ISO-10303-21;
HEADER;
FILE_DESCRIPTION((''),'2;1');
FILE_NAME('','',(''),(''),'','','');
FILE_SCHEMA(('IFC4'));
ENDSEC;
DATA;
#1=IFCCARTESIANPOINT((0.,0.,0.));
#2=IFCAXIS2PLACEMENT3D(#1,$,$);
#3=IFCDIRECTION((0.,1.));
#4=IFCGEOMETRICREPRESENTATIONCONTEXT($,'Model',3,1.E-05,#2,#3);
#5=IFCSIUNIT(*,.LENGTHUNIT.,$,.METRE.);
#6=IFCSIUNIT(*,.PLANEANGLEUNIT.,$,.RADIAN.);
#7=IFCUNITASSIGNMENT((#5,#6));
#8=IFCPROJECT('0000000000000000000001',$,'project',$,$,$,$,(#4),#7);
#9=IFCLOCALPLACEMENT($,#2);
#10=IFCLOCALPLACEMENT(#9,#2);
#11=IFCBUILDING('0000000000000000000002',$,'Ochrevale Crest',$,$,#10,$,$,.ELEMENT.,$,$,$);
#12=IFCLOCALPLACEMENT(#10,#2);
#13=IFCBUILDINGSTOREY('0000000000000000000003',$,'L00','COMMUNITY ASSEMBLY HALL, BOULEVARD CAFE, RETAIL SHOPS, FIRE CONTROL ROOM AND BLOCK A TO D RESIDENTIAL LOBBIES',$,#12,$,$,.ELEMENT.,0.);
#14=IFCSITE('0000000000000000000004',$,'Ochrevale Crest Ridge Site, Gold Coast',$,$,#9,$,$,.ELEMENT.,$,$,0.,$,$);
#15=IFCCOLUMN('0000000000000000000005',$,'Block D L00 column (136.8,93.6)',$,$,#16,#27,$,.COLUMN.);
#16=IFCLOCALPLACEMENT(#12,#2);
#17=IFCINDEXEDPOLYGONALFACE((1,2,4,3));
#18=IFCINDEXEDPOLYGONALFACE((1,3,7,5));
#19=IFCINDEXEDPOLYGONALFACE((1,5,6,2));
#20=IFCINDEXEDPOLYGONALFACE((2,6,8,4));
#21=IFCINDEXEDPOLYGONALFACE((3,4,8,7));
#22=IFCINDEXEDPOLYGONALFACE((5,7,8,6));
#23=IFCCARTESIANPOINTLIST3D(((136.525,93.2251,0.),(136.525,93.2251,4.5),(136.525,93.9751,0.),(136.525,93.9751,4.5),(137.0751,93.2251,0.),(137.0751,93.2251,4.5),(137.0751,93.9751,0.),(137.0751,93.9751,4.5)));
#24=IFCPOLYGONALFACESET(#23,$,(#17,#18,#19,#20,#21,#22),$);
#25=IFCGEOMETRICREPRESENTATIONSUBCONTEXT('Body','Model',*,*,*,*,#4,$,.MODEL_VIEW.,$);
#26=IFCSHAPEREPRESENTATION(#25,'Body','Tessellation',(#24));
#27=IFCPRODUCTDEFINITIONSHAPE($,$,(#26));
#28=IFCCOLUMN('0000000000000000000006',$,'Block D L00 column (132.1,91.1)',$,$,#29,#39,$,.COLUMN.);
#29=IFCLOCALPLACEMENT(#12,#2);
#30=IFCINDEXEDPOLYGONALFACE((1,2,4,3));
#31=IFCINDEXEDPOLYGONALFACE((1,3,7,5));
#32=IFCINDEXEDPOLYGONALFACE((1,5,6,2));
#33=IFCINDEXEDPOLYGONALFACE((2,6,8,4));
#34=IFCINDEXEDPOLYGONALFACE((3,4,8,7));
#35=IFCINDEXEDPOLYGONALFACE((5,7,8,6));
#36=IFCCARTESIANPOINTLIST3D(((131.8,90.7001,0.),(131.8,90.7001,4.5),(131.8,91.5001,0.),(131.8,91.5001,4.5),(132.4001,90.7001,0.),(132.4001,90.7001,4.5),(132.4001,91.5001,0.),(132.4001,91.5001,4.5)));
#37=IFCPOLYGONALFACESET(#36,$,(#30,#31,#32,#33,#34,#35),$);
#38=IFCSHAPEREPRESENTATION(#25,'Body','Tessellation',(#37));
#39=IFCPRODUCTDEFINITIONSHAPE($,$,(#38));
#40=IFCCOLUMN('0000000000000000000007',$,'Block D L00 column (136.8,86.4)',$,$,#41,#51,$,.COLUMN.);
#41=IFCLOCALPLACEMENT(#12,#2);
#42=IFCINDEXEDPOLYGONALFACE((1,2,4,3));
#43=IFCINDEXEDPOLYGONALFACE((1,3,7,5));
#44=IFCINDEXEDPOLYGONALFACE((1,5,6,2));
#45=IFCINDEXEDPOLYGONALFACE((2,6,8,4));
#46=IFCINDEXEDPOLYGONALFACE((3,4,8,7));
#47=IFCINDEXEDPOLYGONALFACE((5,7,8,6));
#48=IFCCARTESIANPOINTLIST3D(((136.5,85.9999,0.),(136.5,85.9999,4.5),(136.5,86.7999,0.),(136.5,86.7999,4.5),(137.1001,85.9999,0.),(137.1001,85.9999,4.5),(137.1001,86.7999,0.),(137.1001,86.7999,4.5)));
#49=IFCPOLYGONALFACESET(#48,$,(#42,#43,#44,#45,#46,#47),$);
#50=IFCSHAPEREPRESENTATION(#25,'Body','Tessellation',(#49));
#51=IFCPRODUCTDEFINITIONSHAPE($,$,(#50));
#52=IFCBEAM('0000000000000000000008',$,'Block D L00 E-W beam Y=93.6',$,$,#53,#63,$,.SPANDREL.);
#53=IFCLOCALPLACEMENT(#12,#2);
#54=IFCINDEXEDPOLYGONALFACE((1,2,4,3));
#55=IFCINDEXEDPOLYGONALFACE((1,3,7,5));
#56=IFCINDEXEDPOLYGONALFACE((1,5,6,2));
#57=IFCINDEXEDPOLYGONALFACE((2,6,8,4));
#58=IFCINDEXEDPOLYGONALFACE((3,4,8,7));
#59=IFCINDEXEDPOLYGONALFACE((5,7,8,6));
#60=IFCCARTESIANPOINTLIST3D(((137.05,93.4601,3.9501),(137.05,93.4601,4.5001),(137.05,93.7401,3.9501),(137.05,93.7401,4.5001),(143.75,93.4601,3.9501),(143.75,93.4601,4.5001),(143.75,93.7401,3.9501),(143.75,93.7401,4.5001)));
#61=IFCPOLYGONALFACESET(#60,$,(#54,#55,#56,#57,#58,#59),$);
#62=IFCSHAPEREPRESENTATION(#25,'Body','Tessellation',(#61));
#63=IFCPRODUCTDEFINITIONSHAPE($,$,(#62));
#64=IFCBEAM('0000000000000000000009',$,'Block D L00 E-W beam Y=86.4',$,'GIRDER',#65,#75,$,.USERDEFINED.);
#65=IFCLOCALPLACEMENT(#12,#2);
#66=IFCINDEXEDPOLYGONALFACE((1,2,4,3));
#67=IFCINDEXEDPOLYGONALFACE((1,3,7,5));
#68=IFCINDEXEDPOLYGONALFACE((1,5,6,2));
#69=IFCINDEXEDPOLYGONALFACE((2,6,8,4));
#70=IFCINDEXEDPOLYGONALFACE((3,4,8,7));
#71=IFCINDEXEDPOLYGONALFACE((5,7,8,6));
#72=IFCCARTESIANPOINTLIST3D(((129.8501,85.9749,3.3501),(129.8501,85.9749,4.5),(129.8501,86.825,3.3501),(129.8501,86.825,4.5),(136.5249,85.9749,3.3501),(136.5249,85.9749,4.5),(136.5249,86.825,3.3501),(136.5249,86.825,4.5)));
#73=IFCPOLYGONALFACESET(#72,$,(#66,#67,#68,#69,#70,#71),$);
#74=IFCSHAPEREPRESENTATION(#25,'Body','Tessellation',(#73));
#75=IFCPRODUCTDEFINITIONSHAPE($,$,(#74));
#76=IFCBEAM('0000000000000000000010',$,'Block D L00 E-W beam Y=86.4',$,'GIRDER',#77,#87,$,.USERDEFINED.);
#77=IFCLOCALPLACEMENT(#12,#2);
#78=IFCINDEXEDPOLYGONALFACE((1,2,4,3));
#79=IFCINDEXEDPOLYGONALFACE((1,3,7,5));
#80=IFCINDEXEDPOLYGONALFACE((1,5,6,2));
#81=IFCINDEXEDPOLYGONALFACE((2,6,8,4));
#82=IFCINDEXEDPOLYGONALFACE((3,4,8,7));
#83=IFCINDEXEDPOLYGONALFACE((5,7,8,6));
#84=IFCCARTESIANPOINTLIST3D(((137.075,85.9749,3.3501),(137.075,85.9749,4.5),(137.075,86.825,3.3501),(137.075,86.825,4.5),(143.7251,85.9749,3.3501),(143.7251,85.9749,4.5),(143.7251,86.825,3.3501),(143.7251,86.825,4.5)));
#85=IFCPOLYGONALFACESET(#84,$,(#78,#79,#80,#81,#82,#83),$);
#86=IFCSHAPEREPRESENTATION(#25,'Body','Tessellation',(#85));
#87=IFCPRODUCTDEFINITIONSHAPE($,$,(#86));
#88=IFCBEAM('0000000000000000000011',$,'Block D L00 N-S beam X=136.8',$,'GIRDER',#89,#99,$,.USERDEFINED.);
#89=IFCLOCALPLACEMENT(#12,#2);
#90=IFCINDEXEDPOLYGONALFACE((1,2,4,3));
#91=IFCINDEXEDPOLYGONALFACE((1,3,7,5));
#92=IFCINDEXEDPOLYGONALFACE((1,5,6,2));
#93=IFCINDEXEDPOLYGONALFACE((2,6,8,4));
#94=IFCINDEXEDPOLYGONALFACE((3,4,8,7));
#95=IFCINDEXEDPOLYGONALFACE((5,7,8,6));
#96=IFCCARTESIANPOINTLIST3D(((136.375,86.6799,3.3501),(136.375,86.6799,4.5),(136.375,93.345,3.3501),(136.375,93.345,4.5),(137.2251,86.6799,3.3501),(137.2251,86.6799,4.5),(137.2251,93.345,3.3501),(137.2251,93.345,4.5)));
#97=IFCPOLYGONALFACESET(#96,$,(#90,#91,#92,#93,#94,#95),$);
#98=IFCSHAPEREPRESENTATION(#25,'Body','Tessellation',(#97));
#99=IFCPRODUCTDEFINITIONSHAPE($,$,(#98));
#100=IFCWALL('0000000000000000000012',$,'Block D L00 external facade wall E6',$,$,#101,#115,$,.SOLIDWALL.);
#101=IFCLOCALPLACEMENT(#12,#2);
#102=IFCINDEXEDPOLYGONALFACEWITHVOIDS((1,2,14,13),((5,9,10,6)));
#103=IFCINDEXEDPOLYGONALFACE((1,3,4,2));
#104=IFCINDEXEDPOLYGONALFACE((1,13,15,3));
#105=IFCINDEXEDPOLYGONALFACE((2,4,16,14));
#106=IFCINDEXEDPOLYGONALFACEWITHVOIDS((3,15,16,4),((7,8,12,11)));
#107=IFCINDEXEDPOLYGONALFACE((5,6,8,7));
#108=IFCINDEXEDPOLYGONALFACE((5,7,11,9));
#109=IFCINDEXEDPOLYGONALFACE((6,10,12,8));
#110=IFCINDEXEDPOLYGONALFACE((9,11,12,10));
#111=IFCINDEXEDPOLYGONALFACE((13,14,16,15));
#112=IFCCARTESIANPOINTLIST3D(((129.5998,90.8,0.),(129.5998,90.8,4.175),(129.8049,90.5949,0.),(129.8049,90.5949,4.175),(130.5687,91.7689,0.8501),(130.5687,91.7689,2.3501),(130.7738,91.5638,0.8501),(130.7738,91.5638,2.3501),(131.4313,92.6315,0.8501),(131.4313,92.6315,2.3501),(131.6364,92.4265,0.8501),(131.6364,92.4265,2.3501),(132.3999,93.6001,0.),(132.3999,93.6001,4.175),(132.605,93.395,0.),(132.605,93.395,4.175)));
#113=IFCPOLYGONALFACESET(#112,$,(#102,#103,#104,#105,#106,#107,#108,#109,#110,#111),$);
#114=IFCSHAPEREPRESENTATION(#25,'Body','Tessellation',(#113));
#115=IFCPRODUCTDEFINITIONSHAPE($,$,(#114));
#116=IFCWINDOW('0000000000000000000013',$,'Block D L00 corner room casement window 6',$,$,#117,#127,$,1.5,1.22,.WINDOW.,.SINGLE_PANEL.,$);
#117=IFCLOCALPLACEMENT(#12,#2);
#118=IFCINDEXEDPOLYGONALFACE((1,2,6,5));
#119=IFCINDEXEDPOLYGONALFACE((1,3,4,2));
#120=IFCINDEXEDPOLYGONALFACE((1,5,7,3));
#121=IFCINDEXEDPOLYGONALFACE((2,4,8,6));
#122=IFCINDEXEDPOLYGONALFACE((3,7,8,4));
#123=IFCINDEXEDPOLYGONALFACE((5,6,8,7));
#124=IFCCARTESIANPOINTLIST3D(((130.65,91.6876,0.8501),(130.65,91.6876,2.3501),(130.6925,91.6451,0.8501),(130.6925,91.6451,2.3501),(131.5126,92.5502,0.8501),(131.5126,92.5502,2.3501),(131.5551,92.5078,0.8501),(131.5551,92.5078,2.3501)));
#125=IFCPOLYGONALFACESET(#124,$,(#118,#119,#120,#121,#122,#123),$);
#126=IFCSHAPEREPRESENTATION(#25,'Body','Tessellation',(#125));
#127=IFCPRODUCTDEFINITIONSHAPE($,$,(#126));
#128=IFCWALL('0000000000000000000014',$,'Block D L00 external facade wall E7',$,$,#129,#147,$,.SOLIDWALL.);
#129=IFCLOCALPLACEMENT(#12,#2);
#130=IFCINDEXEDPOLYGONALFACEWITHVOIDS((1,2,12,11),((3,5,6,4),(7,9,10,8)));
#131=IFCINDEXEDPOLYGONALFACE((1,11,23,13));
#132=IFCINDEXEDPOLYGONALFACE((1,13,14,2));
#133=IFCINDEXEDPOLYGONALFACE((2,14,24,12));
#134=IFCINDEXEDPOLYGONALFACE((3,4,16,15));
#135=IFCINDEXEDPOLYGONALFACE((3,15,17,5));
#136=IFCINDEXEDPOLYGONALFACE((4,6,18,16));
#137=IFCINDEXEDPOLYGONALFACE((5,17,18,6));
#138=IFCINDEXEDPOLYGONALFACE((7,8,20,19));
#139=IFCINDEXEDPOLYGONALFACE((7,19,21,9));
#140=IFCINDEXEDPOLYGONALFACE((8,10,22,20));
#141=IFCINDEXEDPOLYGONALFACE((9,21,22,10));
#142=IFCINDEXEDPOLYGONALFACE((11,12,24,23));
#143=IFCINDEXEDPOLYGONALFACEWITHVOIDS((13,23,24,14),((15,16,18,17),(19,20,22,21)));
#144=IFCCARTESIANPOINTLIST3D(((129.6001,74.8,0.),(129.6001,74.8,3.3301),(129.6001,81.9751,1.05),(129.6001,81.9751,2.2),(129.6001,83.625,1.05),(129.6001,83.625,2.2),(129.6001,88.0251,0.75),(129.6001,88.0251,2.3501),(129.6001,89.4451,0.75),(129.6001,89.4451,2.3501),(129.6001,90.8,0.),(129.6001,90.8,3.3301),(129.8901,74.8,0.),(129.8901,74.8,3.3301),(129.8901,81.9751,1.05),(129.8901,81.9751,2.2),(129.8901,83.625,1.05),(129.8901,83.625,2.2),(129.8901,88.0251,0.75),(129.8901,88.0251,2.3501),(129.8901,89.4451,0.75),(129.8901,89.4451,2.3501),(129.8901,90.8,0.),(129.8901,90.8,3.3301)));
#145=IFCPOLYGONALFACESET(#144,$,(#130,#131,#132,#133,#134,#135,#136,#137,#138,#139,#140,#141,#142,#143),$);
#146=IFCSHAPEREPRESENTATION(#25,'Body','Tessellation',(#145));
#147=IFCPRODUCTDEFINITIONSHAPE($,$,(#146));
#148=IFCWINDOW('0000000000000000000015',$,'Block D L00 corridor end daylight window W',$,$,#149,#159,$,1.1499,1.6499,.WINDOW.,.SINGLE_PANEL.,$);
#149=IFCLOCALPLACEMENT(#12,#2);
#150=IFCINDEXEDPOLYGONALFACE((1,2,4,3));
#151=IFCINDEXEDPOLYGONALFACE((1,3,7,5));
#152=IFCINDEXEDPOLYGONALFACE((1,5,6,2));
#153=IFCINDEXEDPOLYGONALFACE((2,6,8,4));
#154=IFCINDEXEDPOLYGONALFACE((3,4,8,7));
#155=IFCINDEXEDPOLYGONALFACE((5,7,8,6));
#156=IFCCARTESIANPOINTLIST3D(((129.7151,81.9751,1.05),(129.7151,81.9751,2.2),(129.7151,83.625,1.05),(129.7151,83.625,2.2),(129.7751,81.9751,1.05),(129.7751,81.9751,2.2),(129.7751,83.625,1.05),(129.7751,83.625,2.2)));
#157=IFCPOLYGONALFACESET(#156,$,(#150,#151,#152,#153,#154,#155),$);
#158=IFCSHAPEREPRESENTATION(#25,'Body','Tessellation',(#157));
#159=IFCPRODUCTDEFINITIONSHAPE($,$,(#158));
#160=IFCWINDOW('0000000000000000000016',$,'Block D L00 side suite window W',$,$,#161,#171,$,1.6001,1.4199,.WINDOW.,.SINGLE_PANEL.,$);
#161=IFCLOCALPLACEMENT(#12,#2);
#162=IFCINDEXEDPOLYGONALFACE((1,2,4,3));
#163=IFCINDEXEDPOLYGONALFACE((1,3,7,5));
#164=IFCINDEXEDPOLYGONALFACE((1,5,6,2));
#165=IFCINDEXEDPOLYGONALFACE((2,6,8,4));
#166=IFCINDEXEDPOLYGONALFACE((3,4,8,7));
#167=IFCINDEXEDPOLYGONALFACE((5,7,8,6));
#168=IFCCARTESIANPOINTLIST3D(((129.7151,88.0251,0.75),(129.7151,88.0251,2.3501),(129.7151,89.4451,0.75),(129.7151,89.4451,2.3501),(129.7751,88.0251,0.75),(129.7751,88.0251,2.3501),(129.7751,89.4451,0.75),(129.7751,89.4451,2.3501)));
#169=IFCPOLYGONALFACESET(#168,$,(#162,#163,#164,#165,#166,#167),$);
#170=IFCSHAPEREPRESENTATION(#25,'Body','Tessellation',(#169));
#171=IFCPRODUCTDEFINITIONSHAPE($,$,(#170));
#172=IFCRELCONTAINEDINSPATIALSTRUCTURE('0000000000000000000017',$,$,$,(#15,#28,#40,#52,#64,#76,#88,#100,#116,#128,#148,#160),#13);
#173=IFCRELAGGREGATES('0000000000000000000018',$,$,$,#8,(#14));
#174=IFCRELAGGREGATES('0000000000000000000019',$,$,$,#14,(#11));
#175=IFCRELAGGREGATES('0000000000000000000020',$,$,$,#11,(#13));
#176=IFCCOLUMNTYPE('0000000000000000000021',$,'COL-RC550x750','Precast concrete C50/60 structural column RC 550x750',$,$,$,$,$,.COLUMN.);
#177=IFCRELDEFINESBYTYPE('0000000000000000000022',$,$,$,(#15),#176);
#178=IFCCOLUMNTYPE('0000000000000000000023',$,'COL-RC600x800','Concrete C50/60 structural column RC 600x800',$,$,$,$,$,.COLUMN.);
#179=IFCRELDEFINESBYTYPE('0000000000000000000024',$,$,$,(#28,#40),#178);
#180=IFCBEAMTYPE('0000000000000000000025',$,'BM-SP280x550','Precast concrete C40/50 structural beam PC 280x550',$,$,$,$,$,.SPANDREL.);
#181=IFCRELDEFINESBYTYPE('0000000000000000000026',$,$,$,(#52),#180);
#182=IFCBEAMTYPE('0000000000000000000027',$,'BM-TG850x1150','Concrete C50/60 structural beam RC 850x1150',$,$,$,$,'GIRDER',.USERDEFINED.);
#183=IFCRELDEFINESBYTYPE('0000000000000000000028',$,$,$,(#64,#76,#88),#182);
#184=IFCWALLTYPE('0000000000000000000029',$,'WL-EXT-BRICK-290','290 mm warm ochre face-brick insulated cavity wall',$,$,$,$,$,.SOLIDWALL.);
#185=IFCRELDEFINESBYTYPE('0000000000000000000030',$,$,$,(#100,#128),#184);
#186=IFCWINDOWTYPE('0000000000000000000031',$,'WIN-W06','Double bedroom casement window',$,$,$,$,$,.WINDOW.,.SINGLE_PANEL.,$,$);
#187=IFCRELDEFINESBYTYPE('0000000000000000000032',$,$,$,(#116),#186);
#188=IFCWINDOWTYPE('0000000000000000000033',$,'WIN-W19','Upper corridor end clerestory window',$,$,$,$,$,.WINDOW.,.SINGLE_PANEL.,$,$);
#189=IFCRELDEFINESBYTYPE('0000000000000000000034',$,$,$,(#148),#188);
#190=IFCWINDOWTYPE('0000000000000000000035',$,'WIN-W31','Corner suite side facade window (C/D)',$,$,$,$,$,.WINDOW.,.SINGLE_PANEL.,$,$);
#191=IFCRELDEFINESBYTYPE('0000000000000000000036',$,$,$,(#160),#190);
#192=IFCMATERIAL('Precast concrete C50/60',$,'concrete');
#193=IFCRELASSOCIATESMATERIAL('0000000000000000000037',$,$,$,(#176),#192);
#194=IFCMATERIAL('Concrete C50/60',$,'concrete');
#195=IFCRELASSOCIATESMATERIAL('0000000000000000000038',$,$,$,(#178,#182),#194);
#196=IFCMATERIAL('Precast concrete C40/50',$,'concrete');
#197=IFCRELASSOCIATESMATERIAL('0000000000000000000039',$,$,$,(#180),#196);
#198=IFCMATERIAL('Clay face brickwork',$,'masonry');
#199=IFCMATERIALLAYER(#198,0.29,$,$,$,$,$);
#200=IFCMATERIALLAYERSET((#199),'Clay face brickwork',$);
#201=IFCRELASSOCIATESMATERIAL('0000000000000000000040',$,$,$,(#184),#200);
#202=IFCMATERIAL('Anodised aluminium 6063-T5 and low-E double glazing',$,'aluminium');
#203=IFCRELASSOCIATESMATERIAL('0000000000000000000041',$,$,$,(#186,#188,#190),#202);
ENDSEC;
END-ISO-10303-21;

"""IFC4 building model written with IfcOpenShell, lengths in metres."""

from ifc_helpers import new_model, si_unit, direction, frame, frame_2d, origin, origin_2d, place, context, subcontext, project, spatial, rectangle, extrude, material, layer, layer_set, material_profile, profile_set, type_object, element, fill, save


model = new_model("IFC4")

# Units and contexts
model_context = context("Model", 3, precision=1e-05, world=origin(), true_north=direction((0.0, 1.0)))
body_context = subcontext(model_context, "Body", "Model", "MODEL_VIEW")
ifc_project = project(units=[si_unit("LENGTHUNIT", "METRE"), si_unit("PLANEANGLEUNIT", "RADIAN")], contexts=[model_context])

# Site, building, storey
site_placement = place(None, origin())
site = spatial("IfcSite", under=ifc_project, at=site_placement, Name="Ochrevale Crest Ridge Site, Gold Coast", CompositionType="ELEMENT", RefElevation=0.0)
building_placement = place(site_placement, origin())
building = spatial("IfcBuilding", under=site, at=building_placement, Name="Ochrevale Crest", CompositionType="ELEMENT")
storey_placement = place(building_placement, origin())
storey = spatial("IfcBuildingStorey", under=building, at=storey_placement, Name="L00", Description="COMMUNITY ASSEMBLY HALL, BOULEVARD CAFE, RETAIL SHOPS, FIRE CONTROL ROOM AND BLOCK A TO D RESIDENTIAL LOBBIES", CompositionType="ELEMENT", Elevation=0.0)

# Columns
ifc_material_1 = material(Name="Precast concrete C50/60", Category="concrete")
ifc_material_profile_1 = material_profile(ifc_material_1, rectangle(XDim=0.55, YDim=0.75, at=origin_2d()), Name="RC 550x750")
ifc_profile_set_1 = profile_set([ifc_material_profile_1], Name="Precast concrete C50/60")
column_type_1 = type_object("IfcColumnType", Name="COL-RC550x750", Description="Precast concrete C50/60 structural column RC 550x750", PredefinedType="COLUMN", material=ifc_profile_set_1)
column_placement = place(storey_placement, frame((136.8, 93.6001, 0.0), z_axis=(0.0, 0.0, 1.0), x_axis=(1.0, 0.0, 0.0)))
element("IfcColumn", 1, at=column_placement, inside=storey, type_object=column_type_1, Name="Block D L00 column (136.8,93.6)", PredefinedType="COLUMN", context=body_context, shape_type="SweptSolid", body=[
    extrude(rectangle(XDim=0.55, YDim=0.75, at=origin_2d()), origin(), (0.0, 0.0, 1.0), 4.5),
])
ifc_material_2 = material(Name="Concrete C50/60", Category="concrete")
ifc_material_profile_2 = material_profile(ifc_material_2, rectangle(XDim=0.6001, YDim=0.8, at=origin_2d()), Name="RC 600x800")
ifc_profile_set_2 = profile_set([ifc_material_profile_2], Name="Concrete C50/60")
column_type_2 = type_object("IfcColumnType", Name="COL-RC600x800", Description="Concrete C50/60 structural column RC 600x800", PredefinedType="COLUMN", material=ifc_profile_set_2)
for number, where, z_axis, x_axis, name in (
    (2, (132.1001, 91.1001, 0.0), (0.0, 0.0, 1.0), (1.0, 0.0, 0.0), "Block D L00 column (132.1,91.1)"),
    (3, (136.8, 86.3999, 0.0), (0.0, 0.0, 1.0), (1.0, 0.0, 0.0), "Block D L00 column (136.8,86.4)"),
):
    element("IfcColumn", number, at=place(storey_placement, frame(where, z_axis=z_axis, x_axis=x_axis)), inside=storey, type_object=column_type_2, Name=name, PredefinedType="COLUMN", context=body_context, shape_type="SweptSolid", body=[
        extrude(rectangle(XDim=0.6001, YDim=0.8, at=origin_2d()), origin(), (0.0, 0.0, 1.0), 4.5),
    ])

# Beams
ifc_material_3 = material(Name="Precast concrete C40/50", Category="concrete")
ifc_material_profile_3 = material_profile(ifc_material_3, rectangle(XDim=0.28, YDim=0.55, at=origin_2d()), Name="PC 280x550")
ifc_profile_set_3 = profile_set([ifc_material_profile_3], Name="Precast concrete C40/50")
beam_type_1 = type_object("IfcBeamType", Name="BM-SP280x550", Description="Precast concrete C40/50 structural beam PC 280x550", PredefinedType="SPANDREL", material=ifc_profile_set_3)
beam_1_placement = place(storey_placement, frame((137.05, 93.6001, 4.2251), z_axis=(1.0, 0.0, 0.0), x_axis=(0.0, 1.0, 0.0)))
element("IfcBeam", 4, at=beam_1_placement, inside=storey, type_object=beam_type_1, Name="Block D L00 E-W beam Y=93.6", PredefinedType="SPANDREL", context=body_context, shape_type="SweptSolid", body=[
    extrude(rectangle(XDim=0.28, YDim=0.55, at=origin_2d()), origin(), (0.0, 0.0, 1.0), 6.7),
])
ifc_material_profile_4 = material_profile(ifc_material_2, rectangle(XDim=0.8501, YDim=1.1499, at=origin_2d()), Name="RC 850x1150")
ifc_profile_set_4 = profile_set([ifc_material_profile_4], Name="Concrete C50/60")
beam_type_2 = type_object("IfcBeamType", Name="BM-TG850x1150", Description="Concrete C50/60 structural beam RC 850x1150", ElementType="GIRDER", PredefinedType="USERDEFINED", material=ifc_profile_set_4)
beam_2_placement = place(storey_placement, frame((129.8501, 86.3999, 3.925), z_axis=(1.0, 0.0, 0.0), x_axis=(0.0, 1.0, 0.0)))
element("IfcBeam", 5, at=beam_2_placement, inside=storey, type_object=beam_type_2, Name="Block D L00 E-W beam Y=86.4", ObjectType="GIRDER", PredefinedType="USERDEFINED", context=body_context, shape_type="SweptSolid", body=[
    extrude(rectangle(XDim=0.8501, YDim=1.1499, at=origin_2d()), origin(), (0.0, 0.0, 1.0), 6.6748),
])
beam_3_placement = place(storey_placement, frame((137.075, 86.3999, 3.925), z_axis=(1.0, 0.0, 0.0), x_axis=(0.0, 1.0, 0.0)))
element("IfcBeam", 6, at=beam_3_placement, inside=storey, type_object=beam_type_2, Name="Block D L00 E-W beam Y=86.4", ObjectType="GIRDER", PredefinedType="USERDEFINED", context=body_context, shape_type="SweptSolid", body=[
    extrude(rectangle(XDim=0.8501, YDim=1.1499, at=origin_2d()), origin(), (0.0, 0.0, 1.0), 6.6501),
])
beam_4_placement = place(storey_placement, frame((136.8, 86.6799, 3.925), z_axis=(0.0, 1.0, 0.0), x_axis=(-1.0, 0.0, 0.0)))
element("IfcBeam", 7, at=beam_4_placement, inside=storey, type_object=beam_type_2, Name="Block D L00 N-S beam X=136.8", ObjectType="GIRDER", PredefinedType="USERDEFINED", context=body_context, shape_type="SweptSolid", body=[
    extrude(rectangle(XDim=0.8501, YDim=1.1499, at=origin_2d()), origin(), (0.0, 0.0, 1.0), 6.665),
])

# Wall, opening, window
ifc_material_4 = material(Name="Clay face brickwork", Category="masonry")
ifc_layer_1 = layer(ifc_material_4, 0.29)
ifc_layer_set_1 = layer_set([ifc_layer_1], Name="Clay face brickwork")
wall_type_1 = type_object("IfcWallType", Name="WL-EXT-BRICK-290", Description="290 mm warm ochre face-brick insulated cavity wall", PredefinedType="SOLIDWALL", material=ifc_layer_set_1)
wall_1_placement = place(storey_placement, frame((132.5024, 93.4976, 0.0), z_axis=(0.0, 0.0, 1.0), x_axis=(-0.707107, -0.707107, 0.0)))
wall_1 = element("IfcWall", 8, at=wall_1_placement, inside=storey, type_object=wall_type_1, Name="Block D L00 external facade wall E6", PredefinedType="SOLIDWALL", context=body_context, shape_type="SweptSolid", body=[
    extrude(rectangle(XDim=3.96, YDim=0.29, at=frame_2d((1.98, 0.0))), origin(), (0.0, 0.0, 1.0), 4.175),
])
opening_1_placement = place(wall_1_placement, frame((1.3699, 0.0, 0.8501)))
opening_1 = element("IfcOpeningElement", 9, at=opening_1_placement, cuts=wall_1, PredefinedType="OPENING", context=body_context, shape_type="SweptSolid", body=[
    extrude(rectangle(XDim=1.22, YDim=1.5, at=frame_2d((0.6099, 0.75))), frame((0.0, 0.155, 0.0), z_axis=(0.0, -1.0, 0.0), x_axis=(1.0, 0.0, 0.0)), (0.0, 0.0, 1.0), 0.3101),
])
ifc_material_5 = material(Name="Anodised aluminium 6063-T5 and low-E double glazing", Category="aluminium")
window_type_1 = type_object("IfcWindowType", Name="WIN-W06", Description="Double bedroom casement window", PartitioningType="SINGLE_PANEL", PredefinedType="WINDOW", material=ifc_material_5)
window_1_placement = place(opening_1_placement, origin())
window_1 = element("IfcWindow", 10, at=window_1_placement, inside=storey, type_object=window_type_1, Name="Block D L00 corner room casement window 6", OverallHeight=1.5, OverallWidth=1.22, PartitioningType="SINGLE_PANEL", PredefinedType="WINDOW", context=body_context, shape_type="SweptSolid", body=[
    extrude(rectangle(XDim=1.22, YDim=1.5, at=frame_2d((0.6099, 0.75))), frame((0.0, 0.03, 0.0), z_axis=(0.0, -1.0, 0.0), x_axis=(1.0, 0.0, 0.0)), (0.0, 0.0, 1.0), 0.0601),
])
fill(opening_1, window_1)

# Wall, openings, windows
wall_2_placement = place(storey_placement, frame((129.7451, 90.8, 0.0), z_axis=(0.0, 0.0, 1.0), x_axis=(0.0, -1.0, 0.0)))
wall_2 = element("IfcWall", 11, at=wall_2_placement, inside=storey, type_object=wall_type_1, Name="Block D L00 external facade wall E7", PredefinedType="SOLIDWALL", context=body_context, shape_type="SweptSolid", body=[
    extrude(rectangle(XDim=16.0, YDim=0.29, at=frame_2d((8.0, 0.0))), origin(), (0.0, 0.0, 1.0), 3.3301),
])
opening_2_placement = place(wall_2_placement, frame((7.175, 0.0, 1.05)))
opening_2 = element("IfcOpeningElement", 12, at=opening_2_placement, cuts=wall_2, PredefinedType="OPENING", context=body_context, shape_type="SweptSolid", body=[
    extrude(rectangle(XDim=1.6499, YDim=1.1499, at=frame_2d((0.825, 0.575))), frame((0.0, 0.155, 0.0), z_axis=(0.0, -1.0, 0.0), x_axis=(1.0, 0.0, 0.0)), (0.0, 0.0, 1.0), 0.3101),
])
opening_3_placement = place(wall_2_placement, frame((1.355, 0.0, 0.75)))
opening_3 = element("IfcOpeningElement", 13, at=opening_3_placement, cuts=wall_2, PredefinedType="OPENING", context=body_context, shape_type="SweptSolid", body=[
    extrude(rectangle(XDim=1.4199, YDim=1.6001, at=frame_2d((0.71, 0.8))), frame((0.0, 0.155, 0.0), z_axis=(0.0, -1.0, 0.0), x_axis=(1.0, 0.0, 0.0)), (0.0, 0.0, 1.0), 0.3101),
])
window_type_2 = type_object("IfcWindowType", Name="WIN-W19", Description="Upper corridor end clerestory window", PartitioningType="SINGLE_PANEL", PredefinedType="WINDOW", material=ifc_material_5)
window_2_placement = place(opening_2_placement, origin())
window_2 = element("IfcWindow", 14, at=window_2_placement, inside=storey, type_object=window_type_2, Name="Block D L00 corridor end daylight window W", OverallHeight=1.1499, OverallWidth=1.6499, PartitioningType="SINGLE_PANEL", PredefinedType="WINDOW", context=body_context, shape_type="SweptSolid", body=[
    extrude(rectangle(XDim=1.6499, YDim=1.1499, at=frame_2d((0.825, 0.575))), frame((0.0, 0.03, 0.0), z_axis=(0.0, -1.0, 0.0), x_axis=(1.0, 0.0, 0.0)), (0.0, 0.0, 1.0), 0.0601),
])
fill(opening_2, window_2)
window_type_3 = type_object("IfcWindowType", Name="WIN-W31", Description="Corner suite side facade window (C/D)", PartitioningType="SINGLE_PANEL", PredefinedType="WINDOW", material=ifc_material_5)
window_3_placement = place(opening_3_placement, origin())
window_3 = element("IfcWindow", 15, at=window_3_placement, inside=storey, type_object=window_type_3, Name="Block D L00 side suite window W", OverallHeight=1.6001, OverallWidth=1.4199, PartitioningType="SINGLE_PANEL", PredefinedType="WINDOW", context=body_context, shape_type="SweptSolid", body=[
    extrude(rectangle(XDim=1.4199, YDim=1.6001, at=frame_2d((0.71, 0.8))), frame((0.0, 0.03, 0.0), z_axis=(0.0, -1.0, 0.0), x_axis=(1.0, 0.0, 0.0)), (0.0, 0.0, 1.0), 0.0601),
])
fill(opening_3, window_3)

save(model, "model.ifc")
